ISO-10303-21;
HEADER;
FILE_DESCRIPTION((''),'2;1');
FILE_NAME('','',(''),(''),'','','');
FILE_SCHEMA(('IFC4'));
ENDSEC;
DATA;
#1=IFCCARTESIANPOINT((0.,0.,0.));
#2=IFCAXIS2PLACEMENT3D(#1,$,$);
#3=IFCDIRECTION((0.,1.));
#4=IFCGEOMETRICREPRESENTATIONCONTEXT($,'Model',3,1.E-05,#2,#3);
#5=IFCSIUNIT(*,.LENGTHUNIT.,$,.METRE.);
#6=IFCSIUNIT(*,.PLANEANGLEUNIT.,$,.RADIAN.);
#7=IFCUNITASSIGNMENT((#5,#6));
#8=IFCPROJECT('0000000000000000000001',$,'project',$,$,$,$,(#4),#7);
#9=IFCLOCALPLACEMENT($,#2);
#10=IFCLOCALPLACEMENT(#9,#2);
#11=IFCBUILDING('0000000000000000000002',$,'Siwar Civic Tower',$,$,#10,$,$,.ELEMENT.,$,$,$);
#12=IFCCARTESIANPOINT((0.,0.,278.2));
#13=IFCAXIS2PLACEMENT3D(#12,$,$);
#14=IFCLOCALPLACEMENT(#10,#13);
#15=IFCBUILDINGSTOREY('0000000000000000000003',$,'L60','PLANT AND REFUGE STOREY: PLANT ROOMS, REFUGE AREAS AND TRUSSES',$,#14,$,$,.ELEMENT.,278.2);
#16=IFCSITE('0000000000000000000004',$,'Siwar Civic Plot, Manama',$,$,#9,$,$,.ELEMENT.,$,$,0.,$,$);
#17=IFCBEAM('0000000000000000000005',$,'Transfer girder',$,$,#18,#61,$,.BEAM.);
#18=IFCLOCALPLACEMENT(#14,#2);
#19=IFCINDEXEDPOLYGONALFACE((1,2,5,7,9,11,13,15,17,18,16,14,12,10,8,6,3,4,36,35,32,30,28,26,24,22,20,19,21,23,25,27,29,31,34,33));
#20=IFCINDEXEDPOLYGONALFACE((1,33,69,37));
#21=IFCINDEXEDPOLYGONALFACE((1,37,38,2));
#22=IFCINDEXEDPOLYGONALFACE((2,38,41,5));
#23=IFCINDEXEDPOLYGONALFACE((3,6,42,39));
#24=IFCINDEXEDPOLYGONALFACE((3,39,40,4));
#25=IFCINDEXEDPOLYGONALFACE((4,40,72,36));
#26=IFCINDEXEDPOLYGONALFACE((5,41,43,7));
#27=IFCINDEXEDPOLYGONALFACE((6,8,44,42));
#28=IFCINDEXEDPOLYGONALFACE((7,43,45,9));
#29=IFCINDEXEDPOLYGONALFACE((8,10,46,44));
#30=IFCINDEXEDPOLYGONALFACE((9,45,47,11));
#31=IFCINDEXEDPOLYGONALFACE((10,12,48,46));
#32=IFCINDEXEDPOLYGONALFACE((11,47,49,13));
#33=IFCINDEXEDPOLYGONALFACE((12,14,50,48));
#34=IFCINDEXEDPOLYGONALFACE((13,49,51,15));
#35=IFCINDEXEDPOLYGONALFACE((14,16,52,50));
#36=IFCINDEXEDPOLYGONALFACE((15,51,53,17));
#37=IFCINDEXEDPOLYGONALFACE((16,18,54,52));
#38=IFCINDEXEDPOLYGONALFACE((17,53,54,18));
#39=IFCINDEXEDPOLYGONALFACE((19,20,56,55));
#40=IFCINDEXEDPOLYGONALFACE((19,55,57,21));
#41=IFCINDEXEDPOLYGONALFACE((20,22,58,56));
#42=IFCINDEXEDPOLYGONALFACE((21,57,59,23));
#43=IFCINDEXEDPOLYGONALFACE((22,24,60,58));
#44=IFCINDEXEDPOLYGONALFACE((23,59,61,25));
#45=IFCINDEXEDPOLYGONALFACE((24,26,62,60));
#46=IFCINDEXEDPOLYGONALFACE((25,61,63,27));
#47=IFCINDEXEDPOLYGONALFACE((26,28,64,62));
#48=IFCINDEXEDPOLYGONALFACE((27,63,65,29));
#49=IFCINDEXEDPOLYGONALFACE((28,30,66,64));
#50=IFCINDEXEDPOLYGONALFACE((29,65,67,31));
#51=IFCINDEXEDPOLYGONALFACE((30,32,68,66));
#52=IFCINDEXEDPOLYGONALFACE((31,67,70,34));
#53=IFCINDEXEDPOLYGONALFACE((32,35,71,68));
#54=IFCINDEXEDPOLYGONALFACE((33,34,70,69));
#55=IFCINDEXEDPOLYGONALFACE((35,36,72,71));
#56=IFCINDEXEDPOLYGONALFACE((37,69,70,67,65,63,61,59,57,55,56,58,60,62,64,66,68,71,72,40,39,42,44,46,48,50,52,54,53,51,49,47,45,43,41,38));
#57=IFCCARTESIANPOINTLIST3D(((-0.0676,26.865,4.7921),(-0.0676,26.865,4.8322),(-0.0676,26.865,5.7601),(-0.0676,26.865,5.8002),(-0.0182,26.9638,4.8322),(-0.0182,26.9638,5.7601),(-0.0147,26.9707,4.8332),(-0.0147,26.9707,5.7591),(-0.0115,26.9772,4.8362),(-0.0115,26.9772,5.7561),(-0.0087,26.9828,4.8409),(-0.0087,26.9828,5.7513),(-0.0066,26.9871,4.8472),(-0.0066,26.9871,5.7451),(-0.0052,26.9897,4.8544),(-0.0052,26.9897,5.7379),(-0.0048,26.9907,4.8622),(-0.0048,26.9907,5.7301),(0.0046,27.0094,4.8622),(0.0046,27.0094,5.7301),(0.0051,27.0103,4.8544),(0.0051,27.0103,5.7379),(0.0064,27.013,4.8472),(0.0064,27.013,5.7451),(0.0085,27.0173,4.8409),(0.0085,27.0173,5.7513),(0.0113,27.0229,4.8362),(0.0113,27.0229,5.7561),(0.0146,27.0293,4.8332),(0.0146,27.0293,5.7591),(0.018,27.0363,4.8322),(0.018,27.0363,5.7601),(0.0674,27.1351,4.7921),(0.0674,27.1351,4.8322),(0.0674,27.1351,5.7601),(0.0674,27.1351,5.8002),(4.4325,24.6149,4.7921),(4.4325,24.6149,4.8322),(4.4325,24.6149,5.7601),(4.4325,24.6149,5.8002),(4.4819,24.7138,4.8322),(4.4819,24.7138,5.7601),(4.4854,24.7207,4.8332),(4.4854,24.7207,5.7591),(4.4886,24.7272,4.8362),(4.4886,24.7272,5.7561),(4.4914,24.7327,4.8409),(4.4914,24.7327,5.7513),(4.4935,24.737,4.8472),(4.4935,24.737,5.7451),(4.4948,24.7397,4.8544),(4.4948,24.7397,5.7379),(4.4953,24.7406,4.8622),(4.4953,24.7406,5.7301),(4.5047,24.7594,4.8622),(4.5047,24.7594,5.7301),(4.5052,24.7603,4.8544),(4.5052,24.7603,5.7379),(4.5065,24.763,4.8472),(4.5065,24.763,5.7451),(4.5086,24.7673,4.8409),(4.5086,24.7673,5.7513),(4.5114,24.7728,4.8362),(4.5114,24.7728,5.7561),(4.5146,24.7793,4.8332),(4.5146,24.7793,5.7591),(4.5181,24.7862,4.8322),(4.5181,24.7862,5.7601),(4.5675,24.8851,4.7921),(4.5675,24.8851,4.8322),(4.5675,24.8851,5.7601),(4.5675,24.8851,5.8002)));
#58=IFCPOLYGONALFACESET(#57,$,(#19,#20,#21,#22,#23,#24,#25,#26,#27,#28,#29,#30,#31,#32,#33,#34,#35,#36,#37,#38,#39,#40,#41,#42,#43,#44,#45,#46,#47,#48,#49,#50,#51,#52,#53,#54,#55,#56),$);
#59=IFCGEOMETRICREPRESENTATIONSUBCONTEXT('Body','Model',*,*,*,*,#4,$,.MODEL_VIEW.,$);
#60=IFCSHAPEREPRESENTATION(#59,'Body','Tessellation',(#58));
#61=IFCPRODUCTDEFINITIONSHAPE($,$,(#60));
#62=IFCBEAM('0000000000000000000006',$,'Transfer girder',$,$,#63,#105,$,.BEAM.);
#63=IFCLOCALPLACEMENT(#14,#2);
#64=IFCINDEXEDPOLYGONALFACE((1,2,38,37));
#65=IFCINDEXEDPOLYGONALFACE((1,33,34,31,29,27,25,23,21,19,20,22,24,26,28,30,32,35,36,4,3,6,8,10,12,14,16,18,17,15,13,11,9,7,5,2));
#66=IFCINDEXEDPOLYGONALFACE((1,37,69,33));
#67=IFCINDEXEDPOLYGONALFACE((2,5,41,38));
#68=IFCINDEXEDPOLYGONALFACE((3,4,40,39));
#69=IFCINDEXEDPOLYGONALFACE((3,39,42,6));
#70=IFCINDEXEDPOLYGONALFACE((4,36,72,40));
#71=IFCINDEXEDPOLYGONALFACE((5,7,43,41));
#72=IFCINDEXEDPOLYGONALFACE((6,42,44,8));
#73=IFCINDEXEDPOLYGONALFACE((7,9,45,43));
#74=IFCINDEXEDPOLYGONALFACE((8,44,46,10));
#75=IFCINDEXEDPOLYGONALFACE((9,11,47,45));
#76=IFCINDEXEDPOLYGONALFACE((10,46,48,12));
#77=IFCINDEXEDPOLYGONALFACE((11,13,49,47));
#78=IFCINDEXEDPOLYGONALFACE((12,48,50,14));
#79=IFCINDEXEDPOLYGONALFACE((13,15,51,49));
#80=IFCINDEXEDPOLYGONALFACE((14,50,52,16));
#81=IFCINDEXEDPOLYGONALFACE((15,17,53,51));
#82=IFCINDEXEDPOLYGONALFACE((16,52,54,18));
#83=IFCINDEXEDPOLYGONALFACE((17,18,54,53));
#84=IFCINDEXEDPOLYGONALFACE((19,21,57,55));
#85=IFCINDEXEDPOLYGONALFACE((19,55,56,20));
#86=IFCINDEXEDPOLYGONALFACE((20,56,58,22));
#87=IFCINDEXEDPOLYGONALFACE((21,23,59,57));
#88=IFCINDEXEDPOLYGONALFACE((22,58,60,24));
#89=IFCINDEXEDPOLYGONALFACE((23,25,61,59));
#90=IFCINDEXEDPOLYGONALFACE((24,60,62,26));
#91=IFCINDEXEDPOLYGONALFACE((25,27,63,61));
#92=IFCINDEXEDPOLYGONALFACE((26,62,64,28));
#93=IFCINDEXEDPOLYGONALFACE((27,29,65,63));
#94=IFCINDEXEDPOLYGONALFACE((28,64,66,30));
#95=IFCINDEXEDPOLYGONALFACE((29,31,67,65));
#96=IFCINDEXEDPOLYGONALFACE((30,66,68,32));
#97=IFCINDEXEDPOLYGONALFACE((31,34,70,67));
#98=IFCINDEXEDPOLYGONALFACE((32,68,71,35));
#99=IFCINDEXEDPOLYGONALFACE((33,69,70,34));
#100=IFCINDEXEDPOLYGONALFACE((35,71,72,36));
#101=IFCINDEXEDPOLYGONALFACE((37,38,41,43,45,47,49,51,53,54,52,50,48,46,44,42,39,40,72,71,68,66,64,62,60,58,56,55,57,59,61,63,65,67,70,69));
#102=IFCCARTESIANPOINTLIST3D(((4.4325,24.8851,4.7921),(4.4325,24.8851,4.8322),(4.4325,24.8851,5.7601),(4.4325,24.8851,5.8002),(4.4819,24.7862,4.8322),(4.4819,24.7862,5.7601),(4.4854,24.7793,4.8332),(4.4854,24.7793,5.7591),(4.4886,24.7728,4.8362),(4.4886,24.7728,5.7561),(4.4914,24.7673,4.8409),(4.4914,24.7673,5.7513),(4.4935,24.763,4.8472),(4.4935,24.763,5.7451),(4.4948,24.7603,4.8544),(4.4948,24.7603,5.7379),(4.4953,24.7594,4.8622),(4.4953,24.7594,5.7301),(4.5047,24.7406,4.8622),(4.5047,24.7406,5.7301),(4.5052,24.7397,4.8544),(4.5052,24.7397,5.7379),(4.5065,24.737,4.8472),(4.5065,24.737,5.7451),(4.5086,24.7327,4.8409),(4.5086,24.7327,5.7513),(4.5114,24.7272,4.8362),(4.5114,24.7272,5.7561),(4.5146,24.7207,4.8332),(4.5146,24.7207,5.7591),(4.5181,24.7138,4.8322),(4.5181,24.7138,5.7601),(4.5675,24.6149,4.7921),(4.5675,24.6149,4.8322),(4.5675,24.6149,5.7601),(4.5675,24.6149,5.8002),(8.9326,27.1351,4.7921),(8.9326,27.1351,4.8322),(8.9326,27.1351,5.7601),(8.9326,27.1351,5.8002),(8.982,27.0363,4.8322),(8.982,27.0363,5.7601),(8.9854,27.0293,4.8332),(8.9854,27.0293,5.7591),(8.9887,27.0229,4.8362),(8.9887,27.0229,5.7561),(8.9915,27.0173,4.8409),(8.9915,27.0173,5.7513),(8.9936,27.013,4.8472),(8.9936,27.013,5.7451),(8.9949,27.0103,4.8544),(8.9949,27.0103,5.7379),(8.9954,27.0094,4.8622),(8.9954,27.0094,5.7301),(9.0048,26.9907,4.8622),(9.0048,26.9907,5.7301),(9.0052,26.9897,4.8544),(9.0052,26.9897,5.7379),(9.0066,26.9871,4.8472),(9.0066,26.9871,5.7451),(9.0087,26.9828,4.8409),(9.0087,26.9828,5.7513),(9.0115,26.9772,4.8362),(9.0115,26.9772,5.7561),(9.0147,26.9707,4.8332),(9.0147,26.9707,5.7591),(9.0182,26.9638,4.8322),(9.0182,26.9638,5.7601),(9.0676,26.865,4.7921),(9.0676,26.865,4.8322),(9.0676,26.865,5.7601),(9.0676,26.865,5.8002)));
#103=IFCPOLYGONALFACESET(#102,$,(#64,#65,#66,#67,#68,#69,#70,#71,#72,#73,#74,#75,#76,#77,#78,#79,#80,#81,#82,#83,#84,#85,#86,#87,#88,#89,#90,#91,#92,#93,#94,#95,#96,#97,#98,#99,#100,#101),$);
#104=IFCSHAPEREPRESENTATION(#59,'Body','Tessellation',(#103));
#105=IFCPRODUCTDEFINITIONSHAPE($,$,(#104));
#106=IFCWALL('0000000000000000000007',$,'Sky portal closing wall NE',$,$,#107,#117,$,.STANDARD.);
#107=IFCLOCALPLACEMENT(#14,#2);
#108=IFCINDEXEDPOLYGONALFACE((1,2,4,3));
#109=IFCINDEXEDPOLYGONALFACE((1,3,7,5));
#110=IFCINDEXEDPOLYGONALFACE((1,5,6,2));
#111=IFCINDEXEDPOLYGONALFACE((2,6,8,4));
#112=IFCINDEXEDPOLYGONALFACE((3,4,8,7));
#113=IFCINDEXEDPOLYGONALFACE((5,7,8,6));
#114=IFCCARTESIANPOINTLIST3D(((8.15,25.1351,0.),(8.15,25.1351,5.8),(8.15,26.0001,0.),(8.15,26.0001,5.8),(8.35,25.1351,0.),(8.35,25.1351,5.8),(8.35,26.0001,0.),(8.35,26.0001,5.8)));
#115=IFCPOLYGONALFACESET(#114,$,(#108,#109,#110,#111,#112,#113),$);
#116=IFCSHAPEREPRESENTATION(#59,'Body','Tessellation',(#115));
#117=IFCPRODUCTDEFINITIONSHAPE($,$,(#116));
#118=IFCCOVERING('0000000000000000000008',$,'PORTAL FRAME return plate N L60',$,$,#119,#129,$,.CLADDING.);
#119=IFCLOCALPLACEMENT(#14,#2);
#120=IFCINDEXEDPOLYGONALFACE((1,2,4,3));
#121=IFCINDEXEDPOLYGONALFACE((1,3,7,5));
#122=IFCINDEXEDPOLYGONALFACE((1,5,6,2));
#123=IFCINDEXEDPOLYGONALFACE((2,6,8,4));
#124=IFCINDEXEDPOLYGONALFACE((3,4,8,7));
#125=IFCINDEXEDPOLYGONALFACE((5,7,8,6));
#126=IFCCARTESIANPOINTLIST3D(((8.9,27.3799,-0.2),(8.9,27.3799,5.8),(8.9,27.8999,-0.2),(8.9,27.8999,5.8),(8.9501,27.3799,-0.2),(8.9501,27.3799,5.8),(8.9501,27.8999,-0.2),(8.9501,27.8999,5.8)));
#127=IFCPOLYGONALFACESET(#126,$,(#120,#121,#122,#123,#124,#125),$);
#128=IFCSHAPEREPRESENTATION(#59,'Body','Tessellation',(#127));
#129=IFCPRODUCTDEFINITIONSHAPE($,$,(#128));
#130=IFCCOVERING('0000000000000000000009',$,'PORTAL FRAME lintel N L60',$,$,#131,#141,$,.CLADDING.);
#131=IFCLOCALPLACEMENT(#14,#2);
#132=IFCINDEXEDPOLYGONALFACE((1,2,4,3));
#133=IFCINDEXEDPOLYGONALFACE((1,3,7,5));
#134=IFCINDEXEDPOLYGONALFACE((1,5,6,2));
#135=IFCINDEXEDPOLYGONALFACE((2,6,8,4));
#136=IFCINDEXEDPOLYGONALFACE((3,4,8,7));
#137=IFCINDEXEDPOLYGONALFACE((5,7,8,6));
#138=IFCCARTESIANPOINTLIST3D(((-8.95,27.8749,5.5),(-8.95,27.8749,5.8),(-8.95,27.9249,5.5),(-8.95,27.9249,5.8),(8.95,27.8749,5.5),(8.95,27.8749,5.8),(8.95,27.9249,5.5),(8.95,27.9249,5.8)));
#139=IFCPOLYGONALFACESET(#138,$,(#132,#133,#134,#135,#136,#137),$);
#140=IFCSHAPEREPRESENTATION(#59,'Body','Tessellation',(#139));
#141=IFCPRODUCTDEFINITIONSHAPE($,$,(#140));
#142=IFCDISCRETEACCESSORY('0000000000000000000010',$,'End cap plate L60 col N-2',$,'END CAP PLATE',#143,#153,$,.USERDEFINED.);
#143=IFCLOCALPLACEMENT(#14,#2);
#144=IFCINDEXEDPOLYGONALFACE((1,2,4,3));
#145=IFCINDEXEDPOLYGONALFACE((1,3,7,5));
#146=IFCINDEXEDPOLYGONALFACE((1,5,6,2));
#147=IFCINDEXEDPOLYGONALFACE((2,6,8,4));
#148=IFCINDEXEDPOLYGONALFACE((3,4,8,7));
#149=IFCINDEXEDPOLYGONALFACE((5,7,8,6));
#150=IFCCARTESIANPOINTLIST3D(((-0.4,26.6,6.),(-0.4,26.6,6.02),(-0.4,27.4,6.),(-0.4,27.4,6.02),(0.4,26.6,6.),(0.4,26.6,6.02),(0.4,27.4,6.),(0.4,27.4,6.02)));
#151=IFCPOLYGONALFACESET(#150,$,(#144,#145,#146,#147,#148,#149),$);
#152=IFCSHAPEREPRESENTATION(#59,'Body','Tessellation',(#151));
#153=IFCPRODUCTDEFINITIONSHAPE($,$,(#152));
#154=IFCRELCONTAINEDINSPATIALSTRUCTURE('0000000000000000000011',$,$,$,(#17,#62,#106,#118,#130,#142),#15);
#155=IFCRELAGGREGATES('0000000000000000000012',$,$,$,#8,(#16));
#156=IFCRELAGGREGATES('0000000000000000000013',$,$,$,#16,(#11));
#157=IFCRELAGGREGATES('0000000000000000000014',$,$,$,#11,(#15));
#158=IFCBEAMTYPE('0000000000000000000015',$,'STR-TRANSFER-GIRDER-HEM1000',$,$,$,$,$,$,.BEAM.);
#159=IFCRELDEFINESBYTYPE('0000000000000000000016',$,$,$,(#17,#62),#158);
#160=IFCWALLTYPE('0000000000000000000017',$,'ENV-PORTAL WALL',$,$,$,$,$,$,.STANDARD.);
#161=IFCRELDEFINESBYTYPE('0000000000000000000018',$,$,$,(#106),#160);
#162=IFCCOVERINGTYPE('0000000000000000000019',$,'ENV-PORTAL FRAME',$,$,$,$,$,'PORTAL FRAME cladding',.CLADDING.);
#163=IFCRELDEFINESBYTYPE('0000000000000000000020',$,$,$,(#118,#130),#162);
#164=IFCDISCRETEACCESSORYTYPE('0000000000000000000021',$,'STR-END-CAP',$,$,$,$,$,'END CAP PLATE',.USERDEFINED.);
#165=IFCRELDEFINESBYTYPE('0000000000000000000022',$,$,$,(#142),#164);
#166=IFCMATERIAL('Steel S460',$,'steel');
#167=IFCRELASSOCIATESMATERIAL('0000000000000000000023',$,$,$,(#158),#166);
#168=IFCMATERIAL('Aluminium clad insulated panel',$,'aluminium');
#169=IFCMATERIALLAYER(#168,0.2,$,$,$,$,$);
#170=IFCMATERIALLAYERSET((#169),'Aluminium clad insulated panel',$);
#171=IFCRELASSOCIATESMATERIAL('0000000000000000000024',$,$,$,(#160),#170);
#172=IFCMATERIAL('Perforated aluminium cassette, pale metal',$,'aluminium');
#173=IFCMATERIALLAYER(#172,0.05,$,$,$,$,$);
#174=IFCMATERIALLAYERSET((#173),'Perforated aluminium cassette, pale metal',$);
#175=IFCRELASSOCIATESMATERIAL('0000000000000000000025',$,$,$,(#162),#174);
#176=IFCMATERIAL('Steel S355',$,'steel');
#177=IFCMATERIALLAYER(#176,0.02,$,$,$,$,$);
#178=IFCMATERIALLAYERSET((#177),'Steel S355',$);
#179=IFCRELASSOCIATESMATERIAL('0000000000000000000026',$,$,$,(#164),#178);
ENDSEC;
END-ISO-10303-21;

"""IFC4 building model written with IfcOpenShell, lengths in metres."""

from ifc_helpers import new_model, si_unit, direction, frame, frame_2d, origin, origin_2d, place, context, subcontext, project, spatial, rectangle, i_section, extrude, material, layer, layer_set, material_profile, profile_set, type_object, element, save


model = new_model("IFC4")

# Units and contexts
model_context = context("Model", 3, precision=1e-05, world=origin(), true_north=direction((0.0, 1.0)))
body_context = subcontext(model_context, "Body", "Model", "MODEL_VIEW")
ifc_project = project(units=[si_unit("LENGTHUNIT", "METRE"), si_unit("PLANEANGLEUNIT", "RADIAN")], contexts=[model_context])

# Site, building, storey
site_placement = place(None, origin())
site = spatial("IfcSite", under=ifc_project, at=site_placement, Name="Siwar Civic Plot, Manama", CompositionType="ELEMENT", RefElevation=0.0)
building_placement = place(site_placement, origin())
building = spatial("IfcBuilding", under=site, at=building_placement, Name="Siwar Civic Tower", CompositionType="ELEMENT")
storey_placement = place(building_placement, frame((0.0, 0.0, 278.2)))
storey = spatial("IfcBuildingStorey", under=building, at=storey_placement, Name="L60", Description="PLANT AND REFUGE STOREY: PLANT ROOMS, REFUGE AREAS AND TRUSSES", CompositionType="ELEMENT", Elevation=278.2)

# Beams
ifc_material_1 = material(Name="Steel S460", Category="steel")
ifc_material_profile_1 = material_profile(ifc_material_1, i_section(OverallWidth=0.302, OverallDepth=1.0081, WebThickness=0.021, FlangeThickness=0.04, FilletRadius=0.03, at=origin_2d()), Name="HEM1000")
ifc_profile_set_1 = profile_set([ifc_material_profile_1], Name="Steel S460")
beam_type_1 = type_object("IfcBeamType", Name="STR-TRANSFER-GIRDER-HEM1000", PredefinedType="BEAM", material=ifc_profile_set_1)
for number, where, z_axis, x_axis, name in (
    (1, (4.5, 24.75, 5.2961), (-0.894427, 0.447214, 0.0), (-0.447214, -0.894427, 0.0), "Transfer girder"),
    (2, (4.5, 24.75, 5.2961), (0.894427, 0.447214, 0.0), (-0.447214, 0.894427, 0.0), "Transfer girder"),
):
    element("IfcBeam", number, at=place(storey_placement, frame(where, z_axis=z_axis, x_axis=x_axis)), inside=storey, type_object=beam_type_1, Name=name, PredefinedType="BEAM", context=body_context, shape_type="SweptSolid", body=[
        extrude(i_section(OverallWidth=0.302, OverallDepth=1.0081, WebThickness=0.021, FlangeThickness=0.04, FilletRadius=0.03, at=origin_2d()), origin(), (0.0, 0.0, 1.0), 5.0312),
    ])

# Wall
ifc_material_2 = material(Name="Aluminium clad insulated panel", Category="aluminium")
ifc_layer_1 = layer(ifc_material_2, 0.2)
ifc_layer_set_1 = layer_set([ifc_layer_1], Name="Aluminium clad insulated panel")
wall_type = type_object("IfcWallType", Name="ENV-PORTAL WALL", PredefinedType="STANDARD", material=ifc_layer_set_1)
wall_placement = place(storey_placement, frame((8.25, 25.135, 0.0), z_axis=(0.0, 0.0, 1.0), x_axis=(0.0, 1.0, 0.0)))
element("IfcWall", 3, at=wall_placement, inside=storey, type_object=wall_type, Name="Sky portal closing wall NE", PredefinedType="STANDARD", context=body_context, shape_type="SweptSolid", body=[
    extrude(rectangle(XDim=0.865, YDim=0.2, at=frame_2d((0.4326, 0.0))), origin(), (0.0, 0.0, 1.0), 5.8),
])

# Coverings
ifc_material_3 = material(Name="Perforated aluminium cassette, pale metal", Category="aluminium")
ifc_layer_2 = layer(ifc_material_3, 0.05)
ifc_layer_set_2 = layer_set([ifc_layer_2], Name="Perforated aluminium cassette, pale metal")
covering_type = type_object("IfcCoveringType", Name="ENV-PORTAL FRAME", ElementType="PORTAL FRAME cladding", PredefinedType="CLADDING", material=ifc_layer_set_2)
covering_1_placement = place(storey_placement, frame((8.925, 27.6399, -0.2), z_axis=(0.0, 0.0, 1.0), x_axis=(1.0, 0.0, 0.0)))
element("IfcCovering", 4, at=covering_1_placement, inside=storey, type_object=covering_type, Name="PORTAL FRAME return plate N L60", PredefinedType="CLADDING", context=body_context, shape_type="SweptSolid", body=[
    extrude(rectangle(XDim=0.05, YDim=0.52, at=origin_2d()), origin(), (0.0, 0.0, 1.0), 6.0),
])
covering_2_placement = place(storey_placement, frame((0.0, 27.8999, 5.5), z_axis=(0.0, 0.0, 1.0), x_axis=(1.0, 0.0, 0.0)))
element("IfcCovering", 5, at=covering_2_placement, inside=storey, type_object=covering_type, Name="PORTAL FRAME lintel N L60", PredefinedType="CLADDING", context=body_context, shape_type="SweptSolid", body=[
    extrude(rectangle(XDim=17.8999, YDim=0.05, at=origin_2d()), origin(), (0.0, 0.0, 1.0), 0.3),
])

# Discrete accessory
ifc_material_4 = material(Name="Steel S355", Category="steel")
ifc_layer_3 = layer(ifc_material_4, 0.02)
ifc_layer_set_3 = layer_set([ifc_layer_3], Name="Steel S355")
discrete_accessory_type = type_object("IfcDiscreteAccessoryType", Name="STR-END-CAP", ElementType="END CAP PLATE", PredefinedType="USERDEFINED", material=ifc_layer_set_3)
discrete_accessory_placement = place(storey_placement, frame((0.0, 27.0, 6.0), z_axis=(0.0, 0.0, 1.0), x_axis=(1.0, 0.0, 0.0)))
element("IfcDiscreteAccessory", 6, at=discrete_accessory_placement, inside=storey, type_object=discrete_accessory_type, Name="End cap plate L60 col N-2", ObjectType="END CAP PLATE", PredefinedType="USERDEFINED", context=body_context, shape_type="SweptSolid", body=[
    extrude(rectangle(XDim=0.8, YDim=0.8, at=origin_2d()), origin(), (0.0, 0.0, 1.0), 0.02),
])

save(model, "model.ifc")
